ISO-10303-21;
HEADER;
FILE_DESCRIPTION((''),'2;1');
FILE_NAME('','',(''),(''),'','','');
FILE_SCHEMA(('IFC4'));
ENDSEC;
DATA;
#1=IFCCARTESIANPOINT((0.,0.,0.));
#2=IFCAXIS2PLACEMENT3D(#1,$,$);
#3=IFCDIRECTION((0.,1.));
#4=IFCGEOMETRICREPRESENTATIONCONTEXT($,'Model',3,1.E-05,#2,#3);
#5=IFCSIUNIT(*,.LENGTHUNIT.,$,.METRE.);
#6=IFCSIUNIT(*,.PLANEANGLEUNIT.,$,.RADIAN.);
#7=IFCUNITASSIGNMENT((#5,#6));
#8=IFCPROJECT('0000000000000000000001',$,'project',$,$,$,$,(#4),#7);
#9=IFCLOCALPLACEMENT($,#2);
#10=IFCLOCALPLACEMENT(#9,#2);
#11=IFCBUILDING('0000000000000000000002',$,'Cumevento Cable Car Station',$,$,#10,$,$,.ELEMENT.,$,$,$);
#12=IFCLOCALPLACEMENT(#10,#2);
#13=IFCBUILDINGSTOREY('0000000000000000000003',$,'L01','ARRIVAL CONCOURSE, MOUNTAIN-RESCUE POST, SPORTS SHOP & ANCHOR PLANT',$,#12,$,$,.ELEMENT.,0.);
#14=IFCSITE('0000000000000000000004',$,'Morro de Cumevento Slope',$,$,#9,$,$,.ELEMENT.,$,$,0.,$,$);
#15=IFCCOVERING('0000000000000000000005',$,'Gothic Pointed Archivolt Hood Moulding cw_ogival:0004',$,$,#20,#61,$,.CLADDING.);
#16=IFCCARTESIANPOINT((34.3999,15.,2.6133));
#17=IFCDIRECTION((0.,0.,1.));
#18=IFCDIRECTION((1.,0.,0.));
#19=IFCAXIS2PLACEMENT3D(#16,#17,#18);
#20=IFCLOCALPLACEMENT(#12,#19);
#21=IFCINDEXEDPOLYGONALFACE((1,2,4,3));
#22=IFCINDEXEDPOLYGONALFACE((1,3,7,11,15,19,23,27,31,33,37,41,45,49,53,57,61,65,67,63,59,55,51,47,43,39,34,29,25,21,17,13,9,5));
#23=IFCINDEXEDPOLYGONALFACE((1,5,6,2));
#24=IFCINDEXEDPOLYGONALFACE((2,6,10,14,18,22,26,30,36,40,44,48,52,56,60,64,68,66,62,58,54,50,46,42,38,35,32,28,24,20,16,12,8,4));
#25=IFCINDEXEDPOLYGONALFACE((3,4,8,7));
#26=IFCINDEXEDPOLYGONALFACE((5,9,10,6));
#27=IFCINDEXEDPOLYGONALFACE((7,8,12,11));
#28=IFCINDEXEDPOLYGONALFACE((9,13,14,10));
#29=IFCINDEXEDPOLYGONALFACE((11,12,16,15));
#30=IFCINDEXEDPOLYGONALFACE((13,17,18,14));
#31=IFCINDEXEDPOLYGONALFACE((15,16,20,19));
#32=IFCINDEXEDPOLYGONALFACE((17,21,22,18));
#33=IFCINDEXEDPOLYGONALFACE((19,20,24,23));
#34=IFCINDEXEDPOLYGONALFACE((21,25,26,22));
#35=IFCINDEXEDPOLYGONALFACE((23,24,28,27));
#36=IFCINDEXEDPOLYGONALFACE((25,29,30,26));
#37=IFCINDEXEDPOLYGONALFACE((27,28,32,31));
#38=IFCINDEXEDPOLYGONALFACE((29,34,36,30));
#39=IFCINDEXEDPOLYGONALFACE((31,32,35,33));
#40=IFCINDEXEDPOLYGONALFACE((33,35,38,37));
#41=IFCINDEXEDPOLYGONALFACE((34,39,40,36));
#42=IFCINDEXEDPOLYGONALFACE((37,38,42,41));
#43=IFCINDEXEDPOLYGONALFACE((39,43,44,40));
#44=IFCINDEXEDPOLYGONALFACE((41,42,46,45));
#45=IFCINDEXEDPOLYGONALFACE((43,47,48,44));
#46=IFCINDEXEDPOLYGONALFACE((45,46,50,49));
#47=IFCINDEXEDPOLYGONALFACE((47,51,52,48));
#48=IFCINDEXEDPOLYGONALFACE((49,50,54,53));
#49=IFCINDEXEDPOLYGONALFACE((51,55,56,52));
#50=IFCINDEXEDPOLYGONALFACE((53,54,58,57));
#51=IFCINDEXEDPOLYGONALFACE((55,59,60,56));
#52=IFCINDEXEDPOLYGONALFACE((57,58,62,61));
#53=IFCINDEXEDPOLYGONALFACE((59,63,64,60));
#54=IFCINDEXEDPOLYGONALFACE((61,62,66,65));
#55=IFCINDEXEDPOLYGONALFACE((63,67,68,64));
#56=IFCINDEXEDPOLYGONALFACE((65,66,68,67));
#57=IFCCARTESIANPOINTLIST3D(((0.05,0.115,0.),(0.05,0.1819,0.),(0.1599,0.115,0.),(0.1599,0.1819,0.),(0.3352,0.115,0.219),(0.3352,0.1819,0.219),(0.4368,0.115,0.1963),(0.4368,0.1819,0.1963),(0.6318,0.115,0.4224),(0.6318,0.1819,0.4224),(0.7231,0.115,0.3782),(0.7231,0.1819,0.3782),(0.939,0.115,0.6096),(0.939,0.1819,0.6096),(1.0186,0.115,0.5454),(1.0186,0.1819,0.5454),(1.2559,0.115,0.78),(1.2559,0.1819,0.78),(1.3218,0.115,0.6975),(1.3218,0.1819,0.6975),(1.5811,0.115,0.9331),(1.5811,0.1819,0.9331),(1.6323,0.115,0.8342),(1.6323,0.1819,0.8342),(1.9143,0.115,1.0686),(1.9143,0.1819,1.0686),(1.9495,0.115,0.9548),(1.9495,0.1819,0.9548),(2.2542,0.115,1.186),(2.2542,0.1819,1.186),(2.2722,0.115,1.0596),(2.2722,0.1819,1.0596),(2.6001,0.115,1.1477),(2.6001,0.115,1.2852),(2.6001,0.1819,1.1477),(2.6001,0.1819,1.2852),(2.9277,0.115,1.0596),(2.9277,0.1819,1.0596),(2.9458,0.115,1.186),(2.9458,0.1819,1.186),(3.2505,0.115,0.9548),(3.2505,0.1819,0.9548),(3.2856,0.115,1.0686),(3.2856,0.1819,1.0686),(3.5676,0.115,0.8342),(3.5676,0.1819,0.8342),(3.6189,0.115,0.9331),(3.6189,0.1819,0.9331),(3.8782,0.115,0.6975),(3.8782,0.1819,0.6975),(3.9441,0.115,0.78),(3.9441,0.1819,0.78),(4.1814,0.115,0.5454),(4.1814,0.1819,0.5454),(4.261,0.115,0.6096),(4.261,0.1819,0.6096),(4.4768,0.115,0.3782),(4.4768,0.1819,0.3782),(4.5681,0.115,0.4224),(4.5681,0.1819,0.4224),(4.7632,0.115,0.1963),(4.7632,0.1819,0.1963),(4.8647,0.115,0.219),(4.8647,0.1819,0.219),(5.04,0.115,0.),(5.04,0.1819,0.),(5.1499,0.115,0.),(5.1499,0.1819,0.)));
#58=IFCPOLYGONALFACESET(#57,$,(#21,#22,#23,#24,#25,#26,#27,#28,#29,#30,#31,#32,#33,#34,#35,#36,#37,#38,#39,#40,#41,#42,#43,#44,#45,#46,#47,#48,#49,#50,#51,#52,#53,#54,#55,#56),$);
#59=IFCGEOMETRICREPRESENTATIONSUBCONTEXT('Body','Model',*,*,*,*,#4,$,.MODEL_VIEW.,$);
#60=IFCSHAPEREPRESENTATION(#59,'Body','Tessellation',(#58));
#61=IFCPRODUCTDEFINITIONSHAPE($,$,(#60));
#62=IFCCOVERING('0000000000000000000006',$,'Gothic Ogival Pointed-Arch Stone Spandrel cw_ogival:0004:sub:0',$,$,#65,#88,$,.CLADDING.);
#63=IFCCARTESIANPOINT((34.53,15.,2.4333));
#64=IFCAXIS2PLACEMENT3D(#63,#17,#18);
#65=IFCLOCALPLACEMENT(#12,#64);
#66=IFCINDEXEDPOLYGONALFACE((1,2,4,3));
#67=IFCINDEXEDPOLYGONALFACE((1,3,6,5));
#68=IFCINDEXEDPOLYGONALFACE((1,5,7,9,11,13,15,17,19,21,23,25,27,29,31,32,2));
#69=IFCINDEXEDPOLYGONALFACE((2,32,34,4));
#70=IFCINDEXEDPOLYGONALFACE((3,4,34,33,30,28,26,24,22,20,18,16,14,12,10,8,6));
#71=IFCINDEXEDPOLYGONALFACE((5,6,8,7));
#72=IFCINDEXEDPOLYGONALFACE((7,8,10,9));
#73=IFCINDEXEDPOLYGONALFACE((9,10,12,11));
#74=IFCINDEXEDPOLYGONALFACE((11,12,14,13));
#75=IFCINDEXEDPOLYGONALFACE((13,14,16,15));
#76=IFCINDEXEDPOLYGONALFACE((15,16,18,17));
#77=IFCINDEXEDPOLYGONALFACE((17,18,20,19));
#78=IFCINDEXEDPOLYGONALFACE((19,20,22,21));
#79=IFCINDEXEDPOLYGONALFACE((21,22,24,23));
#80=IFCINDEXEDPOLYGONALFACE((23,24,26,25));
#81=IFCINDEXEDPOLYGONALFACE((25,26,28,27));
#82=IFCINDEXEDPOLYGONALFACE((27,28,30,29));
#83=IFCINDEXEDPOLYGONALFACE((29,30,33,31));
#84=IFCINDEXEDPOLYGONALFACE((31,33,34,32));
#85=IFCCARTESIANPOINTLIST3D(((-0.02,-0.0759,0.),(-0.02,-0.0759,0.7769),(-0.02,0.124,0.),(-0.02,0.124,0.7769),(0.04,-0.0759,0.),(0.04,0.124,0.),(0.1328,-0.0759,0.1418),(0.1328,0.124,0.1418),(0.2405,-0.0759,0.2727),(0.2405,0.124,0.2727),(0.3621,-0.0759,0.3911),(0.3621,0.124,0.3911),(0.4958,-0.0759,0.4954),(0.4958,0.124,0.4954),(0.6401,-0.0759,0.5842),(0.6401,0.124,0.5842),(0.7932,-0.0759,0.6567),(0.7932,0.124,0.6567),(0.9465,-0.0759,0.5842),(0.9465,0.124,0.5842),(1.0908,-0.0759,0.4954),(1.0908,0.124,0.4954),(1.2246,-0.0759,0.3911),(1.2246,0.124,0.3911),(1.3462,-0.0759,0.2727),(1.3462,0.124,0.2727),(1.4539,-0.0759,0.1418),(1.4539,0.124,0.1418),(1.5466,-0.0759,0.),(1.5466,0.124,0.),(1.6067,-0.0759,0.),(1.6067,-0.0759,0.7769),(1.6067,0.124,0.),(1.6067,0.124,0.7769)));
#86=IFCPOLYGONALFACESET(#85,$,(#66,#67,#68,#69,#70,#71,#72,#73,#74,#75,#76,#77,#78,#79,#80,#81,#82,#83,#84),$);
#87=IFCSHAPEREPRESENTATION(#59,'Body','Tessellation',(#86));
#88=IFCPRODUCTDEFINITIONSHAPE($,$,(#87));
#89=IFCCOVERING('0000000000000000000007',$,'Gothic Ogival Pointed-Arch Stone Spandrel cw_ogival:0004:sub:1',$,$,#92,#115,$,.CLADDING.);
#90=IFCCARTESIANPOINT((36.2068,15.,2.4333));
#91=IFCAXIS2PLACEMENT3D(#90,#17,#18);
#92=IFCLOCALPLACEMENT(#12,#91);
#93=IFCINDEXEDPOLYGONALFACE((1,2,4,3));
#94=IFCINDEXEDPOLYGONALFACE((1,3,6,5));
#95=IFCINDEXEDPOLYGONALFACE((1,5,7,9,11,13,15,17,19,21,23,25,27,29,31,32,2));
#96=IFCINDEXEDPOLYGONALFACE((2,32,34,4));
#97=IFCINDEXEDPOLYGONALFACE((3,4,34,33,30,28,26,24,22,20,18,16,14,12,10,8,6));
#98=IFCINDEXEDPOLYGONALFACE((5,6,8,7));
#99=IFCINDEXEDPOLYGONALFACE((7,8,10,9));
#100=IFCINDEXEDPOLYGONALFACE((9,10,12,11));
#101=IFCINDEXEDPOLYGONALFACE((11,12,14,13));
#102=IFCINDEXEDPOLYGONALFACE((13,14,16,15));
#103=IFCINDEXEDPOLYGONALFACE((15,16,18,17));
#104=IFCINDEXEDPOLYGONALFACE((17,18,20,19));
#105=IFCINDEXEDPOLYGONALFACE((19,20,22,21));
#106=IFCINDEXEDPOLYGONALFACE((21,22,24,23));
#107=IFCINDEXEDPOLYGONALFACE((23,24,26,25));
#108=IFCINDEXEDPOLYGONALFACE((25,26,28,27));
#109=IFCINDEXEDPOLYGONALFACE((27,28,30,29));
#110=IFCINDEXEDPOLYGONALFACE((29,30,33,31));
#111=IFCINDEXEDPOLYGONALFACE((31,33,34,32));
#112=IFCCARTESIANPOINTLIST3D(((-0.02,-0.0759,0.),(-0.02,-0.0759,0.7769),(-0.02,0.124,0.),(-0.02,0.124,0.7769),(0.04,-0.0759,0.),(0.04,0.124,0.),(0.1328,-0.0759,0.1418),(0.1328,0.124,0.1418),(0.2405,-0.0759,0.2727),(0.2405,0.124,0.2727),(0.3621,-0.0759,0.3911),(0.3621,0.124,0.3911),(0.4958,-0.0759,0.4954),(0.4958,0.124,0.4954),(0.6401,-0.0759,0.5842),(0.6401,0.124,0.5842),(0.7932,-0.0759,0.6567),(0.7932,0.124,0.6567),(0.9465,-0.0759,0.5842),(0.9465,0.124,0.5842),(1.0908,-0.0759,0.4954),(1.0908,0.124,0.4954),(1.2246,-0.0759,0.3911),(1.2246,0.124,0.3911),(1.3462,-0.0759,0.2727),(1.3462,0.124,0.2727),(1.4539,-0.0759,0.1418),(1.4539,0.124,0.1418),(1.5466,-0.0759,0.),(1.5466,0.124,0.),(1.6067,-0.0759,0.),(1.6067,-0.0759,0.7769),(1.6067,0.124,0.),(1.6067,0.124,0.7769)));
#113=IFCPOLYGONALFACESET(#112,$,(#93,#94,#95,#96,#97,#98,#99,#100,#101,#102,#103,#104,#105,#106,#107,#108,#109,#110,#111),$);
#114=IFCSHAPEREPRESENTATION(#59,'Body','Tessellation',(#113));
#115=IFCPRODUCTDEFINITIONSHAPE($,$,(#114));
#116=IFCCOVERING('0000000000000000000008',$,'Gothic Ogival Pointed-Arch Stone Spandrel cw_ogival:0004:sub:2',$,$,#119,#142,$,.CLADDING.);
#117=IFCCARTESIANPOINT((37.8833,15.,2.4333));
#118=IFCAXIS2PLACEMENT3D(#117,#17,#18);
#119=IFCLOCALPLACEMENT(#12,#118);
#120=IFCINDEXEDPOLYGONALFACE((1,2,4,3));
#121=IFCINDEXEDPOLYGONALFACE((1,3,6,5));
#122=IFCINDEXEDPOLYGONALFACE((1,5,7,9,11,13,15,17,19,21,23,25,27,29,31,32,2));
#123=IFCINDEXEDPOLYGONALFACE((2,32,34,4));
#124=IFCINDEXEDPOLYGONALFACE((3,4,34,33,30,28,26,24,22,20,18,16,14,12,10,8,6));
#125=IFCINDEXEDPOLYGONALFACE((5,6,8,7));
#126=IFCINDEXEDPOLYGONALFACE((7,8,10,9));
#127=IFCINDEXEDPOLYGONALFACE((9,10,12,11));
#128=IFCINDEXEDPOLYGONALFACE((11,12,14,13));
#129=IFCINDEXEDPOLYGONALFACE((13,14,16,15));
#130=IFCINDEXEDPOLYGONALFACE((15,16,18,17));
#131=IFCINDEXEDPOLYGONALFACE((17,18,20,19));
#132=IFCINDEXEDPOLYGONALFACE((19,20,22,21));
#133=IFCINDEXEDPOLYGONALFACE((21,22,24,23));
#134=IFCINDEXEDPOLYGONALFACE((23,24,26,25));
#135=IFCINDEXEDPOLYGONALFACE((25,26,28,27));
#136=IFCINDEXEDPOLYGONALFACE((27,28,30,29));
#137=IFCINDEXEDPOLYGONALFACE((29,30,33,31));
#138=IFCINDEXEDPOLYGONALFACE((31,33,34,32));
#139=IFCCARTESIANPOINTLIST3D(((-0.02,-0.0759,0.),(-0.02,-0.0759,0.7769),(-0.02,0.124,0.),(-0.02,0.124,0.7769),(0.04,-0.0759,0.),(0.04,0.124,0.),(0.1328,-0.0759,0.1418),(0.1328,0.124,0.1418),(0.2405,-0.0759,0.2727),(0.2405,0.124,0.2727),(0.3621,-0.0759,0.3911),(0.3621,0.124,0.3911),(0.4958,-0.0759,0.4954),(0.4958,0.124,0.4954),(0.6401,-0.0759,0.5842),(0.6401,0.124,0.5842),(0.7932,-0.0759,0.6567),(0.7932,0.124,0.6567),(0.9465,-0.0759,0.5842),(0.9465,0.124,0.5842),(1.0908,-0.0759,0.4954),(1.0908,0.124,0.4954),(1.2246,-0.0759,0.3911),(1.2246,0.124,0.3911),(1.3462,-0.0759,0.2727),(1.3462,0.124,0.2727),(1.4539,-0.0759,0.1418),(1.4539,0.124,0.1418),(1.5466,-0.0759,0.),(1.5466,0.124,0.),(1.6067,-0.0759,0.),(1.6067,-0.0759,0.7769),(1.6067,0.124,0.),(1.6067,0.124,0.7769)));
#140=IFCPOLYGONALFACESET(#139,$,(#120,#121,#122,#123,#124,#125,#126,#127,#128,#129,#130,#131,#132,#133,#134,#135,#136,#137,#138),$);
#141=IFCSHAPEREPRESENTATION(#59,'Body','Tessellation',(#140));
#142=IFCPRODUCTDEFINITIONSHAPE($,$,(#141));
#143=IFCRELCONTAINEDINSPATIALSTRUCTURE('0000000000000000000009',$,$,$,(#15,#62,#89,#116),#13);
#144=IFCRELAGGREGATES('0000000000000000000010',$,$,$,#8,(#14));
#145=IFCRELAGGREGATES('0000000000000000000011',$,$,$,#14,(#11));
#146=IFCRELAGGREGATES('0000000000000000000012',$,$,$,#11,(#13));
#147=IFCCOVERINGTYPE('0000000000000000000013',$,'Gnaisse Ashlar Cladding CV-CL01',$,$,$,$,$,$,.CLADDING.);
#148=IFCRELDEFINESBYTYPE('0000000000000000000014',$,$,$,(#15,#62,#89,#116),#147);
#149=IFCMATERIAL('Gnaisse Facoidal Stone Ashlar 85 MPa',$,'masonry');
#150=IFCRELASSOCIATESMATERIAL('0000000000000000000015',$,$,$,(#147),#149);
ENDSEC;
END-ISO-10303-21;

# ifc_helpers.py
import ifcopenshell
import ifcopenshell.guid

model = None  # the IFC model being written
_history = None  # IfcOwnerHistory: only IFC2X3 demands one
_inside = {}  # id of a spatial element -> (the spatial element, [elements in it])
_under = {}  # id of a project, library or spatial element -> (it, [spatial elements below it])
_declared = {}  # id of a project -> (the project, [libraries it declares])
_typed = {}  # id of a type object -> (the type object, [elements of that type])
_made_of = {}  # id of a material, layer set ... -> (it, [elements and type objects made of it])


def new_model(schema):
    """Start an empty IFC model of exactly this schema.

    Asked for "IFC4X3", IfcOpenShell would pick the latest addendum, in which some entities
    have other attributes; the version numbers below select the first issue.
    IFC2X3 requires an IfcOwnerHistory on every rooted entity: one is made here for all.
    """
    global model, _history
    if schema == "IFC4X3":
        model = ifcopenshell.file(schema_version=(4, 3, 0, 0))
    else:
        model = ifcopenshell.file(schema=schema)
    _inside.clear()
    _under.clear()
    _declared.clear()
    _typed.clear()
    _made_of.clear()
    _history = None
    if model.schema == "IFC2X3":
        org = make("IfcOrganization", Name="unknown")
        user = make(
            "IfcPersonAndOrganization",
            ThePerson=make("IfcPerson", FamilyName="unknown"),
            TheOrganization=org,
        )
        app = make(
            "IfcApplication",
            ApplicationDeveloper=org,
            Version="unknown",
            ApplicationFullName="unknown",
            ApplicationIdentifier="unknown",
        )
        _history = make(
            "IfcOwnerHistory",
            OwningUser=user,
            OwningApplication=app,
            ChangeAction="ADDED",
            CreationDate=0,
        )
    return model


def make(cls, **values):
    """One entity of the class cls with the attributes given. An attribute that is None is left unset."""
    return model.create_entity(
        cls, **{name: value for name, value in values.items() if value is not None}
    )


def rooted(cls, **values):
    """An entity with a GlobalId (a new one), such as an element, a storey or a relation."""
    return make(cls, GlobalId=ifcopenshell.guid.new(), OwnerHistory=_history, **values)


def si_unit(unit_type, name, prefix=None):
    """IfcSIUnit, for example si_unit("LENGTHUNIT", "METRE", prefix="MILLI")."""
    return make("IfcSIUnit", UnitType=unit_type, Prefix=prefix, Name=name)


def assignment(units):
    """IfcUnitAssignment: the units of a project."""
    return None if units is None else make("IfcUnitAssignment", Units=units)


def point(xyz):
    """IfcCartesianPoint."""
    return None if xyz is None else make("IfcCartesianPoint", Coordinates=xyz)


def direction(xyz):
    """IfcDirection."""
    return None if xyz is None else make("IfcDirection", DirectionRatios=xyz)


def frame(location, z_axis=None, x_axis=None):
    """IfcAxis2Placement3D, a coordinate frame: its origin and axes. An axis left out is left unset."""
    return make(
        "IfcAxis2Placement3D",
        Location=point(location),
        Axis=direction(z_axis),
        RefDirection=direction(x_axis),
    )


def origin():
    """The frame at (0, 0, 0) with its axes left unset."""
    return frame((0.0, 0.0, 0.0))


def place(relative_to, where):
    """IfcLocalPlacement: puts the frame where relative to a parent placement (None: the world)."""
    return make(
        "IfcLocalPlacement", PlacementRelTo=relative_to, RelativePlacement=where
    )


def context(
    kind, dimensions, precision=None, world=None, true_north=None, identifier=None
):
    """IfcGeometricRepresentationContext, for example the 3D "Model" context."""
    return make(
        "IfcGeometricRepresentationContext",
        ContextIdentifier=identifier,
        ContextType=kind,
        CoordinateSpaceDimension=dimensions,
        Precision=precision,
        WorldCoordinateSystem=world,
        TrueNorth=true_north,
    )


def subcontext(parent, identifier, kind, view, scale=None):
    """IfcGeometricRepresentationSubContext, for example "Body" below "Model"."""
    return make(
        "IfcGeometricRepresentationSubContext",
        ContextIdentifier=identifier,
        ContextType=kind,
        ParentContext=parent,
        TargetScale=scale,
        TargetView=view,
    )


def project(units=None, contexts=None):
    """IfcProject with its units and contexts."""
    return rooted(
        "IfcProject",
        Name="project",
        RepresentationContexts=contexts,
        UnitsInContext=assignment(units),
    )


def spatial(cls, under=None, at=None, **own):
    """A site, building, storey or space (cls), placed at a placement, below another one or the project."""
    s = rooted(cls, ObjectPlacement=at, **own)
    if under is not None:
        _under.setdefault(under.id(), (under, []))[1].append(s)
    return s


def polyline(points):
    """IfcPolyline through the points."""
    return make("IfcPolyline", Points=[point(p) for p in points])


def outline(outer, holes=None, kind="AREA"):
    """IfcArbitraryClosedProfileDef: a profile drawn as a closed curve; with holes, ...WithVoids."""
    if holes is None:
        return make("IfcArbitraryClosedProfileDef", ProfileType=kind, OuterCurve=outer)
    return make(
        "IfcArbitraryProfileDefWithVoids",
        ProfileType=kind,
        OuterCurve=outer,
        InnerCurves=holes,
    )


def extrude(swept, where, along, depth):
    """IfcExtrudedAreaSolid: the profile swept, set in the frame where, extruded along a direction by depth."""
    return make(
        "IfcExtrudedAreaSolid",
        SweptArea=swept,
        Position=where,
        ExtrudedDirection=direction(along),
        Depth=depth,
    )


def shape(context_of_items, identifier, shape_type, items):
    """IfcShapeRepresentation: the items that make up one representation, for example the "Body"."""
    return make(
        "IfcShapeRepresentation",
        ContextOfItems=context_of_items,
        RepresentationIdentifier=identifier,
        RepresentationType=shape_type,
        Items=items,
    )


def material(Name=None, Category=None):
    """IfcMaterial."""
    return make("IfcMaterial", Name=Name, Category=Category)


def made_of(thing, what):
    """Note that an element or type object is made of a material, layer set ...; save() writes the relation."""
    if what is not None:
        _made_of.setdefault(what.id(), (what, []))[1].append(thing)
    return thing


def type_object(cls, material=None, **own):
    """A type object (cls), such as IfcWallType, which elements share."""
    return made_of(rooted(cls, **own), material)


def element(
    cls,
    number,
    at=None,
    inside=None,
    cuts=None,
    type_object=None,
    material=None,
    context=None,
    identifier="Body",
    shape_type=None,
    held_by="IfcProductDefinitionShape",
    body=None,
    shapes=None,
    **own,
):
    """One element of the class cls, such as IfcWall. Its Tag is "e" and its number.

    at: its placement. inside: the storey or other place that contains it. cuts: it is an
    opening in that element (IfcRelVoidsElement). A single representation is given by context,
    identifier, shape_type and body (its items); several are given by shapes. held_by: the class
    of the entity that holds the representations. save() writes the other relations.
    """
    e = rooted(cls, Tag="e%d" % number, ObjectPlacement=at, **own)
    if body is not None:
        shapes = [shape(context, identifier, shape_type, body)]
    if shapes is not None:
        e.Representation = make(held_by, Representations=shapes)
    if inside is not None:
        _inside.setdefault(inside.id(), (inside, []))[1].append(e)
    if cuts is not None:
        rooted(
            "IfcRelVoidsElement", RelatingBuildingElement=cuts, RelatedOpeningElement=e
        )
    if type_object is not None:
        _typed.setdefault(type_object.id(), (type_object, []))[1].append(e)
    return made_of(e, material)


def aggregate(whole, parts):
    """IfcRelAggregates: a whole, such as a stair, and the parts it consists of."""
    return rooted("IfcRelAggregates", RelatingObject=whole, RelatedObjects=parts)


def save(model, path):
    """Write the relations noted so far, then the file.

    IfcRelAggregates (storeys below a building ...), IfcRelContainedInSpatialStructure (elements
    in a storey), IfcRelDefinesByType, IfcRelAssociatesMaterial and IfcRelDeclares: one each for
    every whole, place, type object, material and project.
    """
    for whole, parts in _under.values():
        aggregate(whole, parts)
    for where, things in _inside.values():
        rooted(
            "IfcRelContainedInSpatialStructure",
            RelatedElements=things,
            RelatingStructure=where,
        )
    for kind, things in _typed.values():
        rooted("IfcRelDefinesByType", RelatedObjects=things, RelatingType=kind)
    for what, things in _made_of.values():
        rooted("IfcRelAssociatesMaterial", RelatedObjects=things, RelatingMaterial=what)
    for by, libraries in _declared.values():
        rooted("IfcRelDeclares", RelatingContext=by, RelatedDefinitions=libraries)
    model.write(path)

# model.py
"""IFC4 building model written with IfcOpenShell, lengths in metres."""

from ifc_helpers import new_model, si_unit, direction, frame, origin, place, context, subcontext, project, spatial, polyline, outline, extrude, material, type_object, element, save


model = new_model("IFC4")

# Units and contexts
model_context = context("Model", 3, precision=1e-05, world=origin(), true_north=direction((0.0, 1.0)))
body_context = subcontext(model_context, "Body", "Model", "MODEL_VIEW")
ifc_project = project(units=[si_unit("LENGTHUNIT", "METRE"), si_unit("PLANEANGLEUNIT", "RADIAN")], contexts=[model_context])

# Site, building, storey
site_placement = place(None, origin())
site = spatial("IfcSite", under=ifc_project, at=site_placement, Name="Morro de Cumevento Slope", CompositionType="ELEMENT", RefElevation=0.0)
building_placement = place(site_placement, origin())
building = spatial("IfcBuilding", under=site, at=building_placement, Name="Cumevento Cable Car Station", CompositionType="ELEMENT")
storey_placement = place(building_placement, origin())
storey = spatial("IfcBuildingStorey", under=building, at=storey_placement, Name="L01", Description="ARRIVAL CONCOURSE, MOUNTAIN-RESCUE POST, SPORTS SHOP & ANCHOR PLANT", CompositionType="ELEMENT", Elevation=0.0)

# Coverings
ifc_material_1 = material(Name="Gnaisse Facoidal Stone Ashlar 85 MPa", Category="masonry")
covering_type = type_object("IfcCoveringType", Name="Gnaisse Ashlar Cladding CV-CL01", PredefinedType="CLADDING", material=ifc_material_1)
covering_1_placement = place(storey_placement, frame((34.3999, 15.0, 2.6133), z_axis=(0.0, 0.0, 1.0), x_axis=(1.0, 0.0, 0.0)))
element("IfcCovering", 1, at=covering_1_placement, inside=storey, type_object=covering_type, Name="Gothic Pointed Archivolt Hood Moulding cw_ogival:0004", PredefinedType="CLADDING", context=body_context, shape_type="SweptSolid", body=[
    extrude(outline(polyline([(0.1599, 0.0), (0.4368, 0.1963), (0.7231, 0.3782), (1.0186, 0.5454), (1.3218, 0.6975), (1.6323, 0.8342), (1.9495, 0.9548), (2.2722, 1.0596), (2.6001, 1.1477), (2.9277, 1.0596), (3.2505, 0.9548), (3.5676, 0.8342), (3.8782, 0.6975), (4.1814, 0.5454), (4.4768, 0.3782), (4.7632, 0.1963), (5.04, 0.0), (5.1499, 0.0), (4.8647, 0.219), (4.5681, 0.4224), (4.261, 0.6096), (3.9441, 0.78), (3.6189, 0.9331), (3.2856, 1.0686), (2.9458, 1.186), (2.6001, 1.2852), (2.2542, 1.186), (1.9143, 1.0686), (1.5811, 0.9331), (1.2559, 0.78), (0.939, 0.6096), (0.6318, 0.4224), (0.3352, 0.219), (0.05, 0.0), (0.1599, 0.0)])), frame((0.0, 0.1819, 0.0), z_axis=(0.0, -1.0, 0.0), x_axis=(1.0, 0.0, 0.0)), (0.0, 0.0, 1.0), 0.0669),
])
for number, where, z_axis, x_axis, name in (
    (2, (34.53, 15.0, 2.4333), (0.0, 0.0, 1.0), (1.0, 0.0, 0.0), "Gothic Ogival Pointed-Arch Stone Spandrel cw_ogival:0004:sub:0"),
    (3, (36.2068, 15.0, 2.4333), (0.0, 0.0, 1.0), (1.0, 0.0, 0.0), "Gothic Ogival Pointed-Arch Stone Spandrel cw_ogival:0004:sub:1"),
    (4, (37.8833, 15.0, 2.4333), (0.0, 0.0, 1.0), (1.0, 0.0, 0.0), "Gothic Ogival Pointed-Arch Stone Spandrel cw_ogival:0004:sub:2"),
):
    element("IfcCovering", number, at=place(storey_placement, frame(where, z_axis=z_axis, x_axis=x_axis)), inside=storey, type_object=covering_type, Name=name, PredefinedType="CLADDING", context=body_context, shape_type="SweptSolid", body=[
        extrude(outline(polyline([(-0.02, 0.0), (-0.02, 0.7769), (1.6067, 0.7769), (1.6067, 0.0), (1.5466, 0.0), (1.4539, 0.1418), (1.3462, 0.2727), (1.2246, 0.3911), (1.0908, 0.4954), (0.9465, 0.5842), (0.7932, 0.6567), (0.6401, 0.5842), (0.4958, 0.4954), (0.3621, 0.3911), (0.2405, 0.2727), (0.1328, 0.1418), (0.04, 0.0), (-0.02, 0.0)])), frame((0.0, 0.124, 0.0), z_axis=(0.0, -1.0, 0.0), x_axis=(1.0, 0.0, 0.0)), (0.0, 0.0, 1.0), 0.2),
    ])

save(model, "model.ifc")
